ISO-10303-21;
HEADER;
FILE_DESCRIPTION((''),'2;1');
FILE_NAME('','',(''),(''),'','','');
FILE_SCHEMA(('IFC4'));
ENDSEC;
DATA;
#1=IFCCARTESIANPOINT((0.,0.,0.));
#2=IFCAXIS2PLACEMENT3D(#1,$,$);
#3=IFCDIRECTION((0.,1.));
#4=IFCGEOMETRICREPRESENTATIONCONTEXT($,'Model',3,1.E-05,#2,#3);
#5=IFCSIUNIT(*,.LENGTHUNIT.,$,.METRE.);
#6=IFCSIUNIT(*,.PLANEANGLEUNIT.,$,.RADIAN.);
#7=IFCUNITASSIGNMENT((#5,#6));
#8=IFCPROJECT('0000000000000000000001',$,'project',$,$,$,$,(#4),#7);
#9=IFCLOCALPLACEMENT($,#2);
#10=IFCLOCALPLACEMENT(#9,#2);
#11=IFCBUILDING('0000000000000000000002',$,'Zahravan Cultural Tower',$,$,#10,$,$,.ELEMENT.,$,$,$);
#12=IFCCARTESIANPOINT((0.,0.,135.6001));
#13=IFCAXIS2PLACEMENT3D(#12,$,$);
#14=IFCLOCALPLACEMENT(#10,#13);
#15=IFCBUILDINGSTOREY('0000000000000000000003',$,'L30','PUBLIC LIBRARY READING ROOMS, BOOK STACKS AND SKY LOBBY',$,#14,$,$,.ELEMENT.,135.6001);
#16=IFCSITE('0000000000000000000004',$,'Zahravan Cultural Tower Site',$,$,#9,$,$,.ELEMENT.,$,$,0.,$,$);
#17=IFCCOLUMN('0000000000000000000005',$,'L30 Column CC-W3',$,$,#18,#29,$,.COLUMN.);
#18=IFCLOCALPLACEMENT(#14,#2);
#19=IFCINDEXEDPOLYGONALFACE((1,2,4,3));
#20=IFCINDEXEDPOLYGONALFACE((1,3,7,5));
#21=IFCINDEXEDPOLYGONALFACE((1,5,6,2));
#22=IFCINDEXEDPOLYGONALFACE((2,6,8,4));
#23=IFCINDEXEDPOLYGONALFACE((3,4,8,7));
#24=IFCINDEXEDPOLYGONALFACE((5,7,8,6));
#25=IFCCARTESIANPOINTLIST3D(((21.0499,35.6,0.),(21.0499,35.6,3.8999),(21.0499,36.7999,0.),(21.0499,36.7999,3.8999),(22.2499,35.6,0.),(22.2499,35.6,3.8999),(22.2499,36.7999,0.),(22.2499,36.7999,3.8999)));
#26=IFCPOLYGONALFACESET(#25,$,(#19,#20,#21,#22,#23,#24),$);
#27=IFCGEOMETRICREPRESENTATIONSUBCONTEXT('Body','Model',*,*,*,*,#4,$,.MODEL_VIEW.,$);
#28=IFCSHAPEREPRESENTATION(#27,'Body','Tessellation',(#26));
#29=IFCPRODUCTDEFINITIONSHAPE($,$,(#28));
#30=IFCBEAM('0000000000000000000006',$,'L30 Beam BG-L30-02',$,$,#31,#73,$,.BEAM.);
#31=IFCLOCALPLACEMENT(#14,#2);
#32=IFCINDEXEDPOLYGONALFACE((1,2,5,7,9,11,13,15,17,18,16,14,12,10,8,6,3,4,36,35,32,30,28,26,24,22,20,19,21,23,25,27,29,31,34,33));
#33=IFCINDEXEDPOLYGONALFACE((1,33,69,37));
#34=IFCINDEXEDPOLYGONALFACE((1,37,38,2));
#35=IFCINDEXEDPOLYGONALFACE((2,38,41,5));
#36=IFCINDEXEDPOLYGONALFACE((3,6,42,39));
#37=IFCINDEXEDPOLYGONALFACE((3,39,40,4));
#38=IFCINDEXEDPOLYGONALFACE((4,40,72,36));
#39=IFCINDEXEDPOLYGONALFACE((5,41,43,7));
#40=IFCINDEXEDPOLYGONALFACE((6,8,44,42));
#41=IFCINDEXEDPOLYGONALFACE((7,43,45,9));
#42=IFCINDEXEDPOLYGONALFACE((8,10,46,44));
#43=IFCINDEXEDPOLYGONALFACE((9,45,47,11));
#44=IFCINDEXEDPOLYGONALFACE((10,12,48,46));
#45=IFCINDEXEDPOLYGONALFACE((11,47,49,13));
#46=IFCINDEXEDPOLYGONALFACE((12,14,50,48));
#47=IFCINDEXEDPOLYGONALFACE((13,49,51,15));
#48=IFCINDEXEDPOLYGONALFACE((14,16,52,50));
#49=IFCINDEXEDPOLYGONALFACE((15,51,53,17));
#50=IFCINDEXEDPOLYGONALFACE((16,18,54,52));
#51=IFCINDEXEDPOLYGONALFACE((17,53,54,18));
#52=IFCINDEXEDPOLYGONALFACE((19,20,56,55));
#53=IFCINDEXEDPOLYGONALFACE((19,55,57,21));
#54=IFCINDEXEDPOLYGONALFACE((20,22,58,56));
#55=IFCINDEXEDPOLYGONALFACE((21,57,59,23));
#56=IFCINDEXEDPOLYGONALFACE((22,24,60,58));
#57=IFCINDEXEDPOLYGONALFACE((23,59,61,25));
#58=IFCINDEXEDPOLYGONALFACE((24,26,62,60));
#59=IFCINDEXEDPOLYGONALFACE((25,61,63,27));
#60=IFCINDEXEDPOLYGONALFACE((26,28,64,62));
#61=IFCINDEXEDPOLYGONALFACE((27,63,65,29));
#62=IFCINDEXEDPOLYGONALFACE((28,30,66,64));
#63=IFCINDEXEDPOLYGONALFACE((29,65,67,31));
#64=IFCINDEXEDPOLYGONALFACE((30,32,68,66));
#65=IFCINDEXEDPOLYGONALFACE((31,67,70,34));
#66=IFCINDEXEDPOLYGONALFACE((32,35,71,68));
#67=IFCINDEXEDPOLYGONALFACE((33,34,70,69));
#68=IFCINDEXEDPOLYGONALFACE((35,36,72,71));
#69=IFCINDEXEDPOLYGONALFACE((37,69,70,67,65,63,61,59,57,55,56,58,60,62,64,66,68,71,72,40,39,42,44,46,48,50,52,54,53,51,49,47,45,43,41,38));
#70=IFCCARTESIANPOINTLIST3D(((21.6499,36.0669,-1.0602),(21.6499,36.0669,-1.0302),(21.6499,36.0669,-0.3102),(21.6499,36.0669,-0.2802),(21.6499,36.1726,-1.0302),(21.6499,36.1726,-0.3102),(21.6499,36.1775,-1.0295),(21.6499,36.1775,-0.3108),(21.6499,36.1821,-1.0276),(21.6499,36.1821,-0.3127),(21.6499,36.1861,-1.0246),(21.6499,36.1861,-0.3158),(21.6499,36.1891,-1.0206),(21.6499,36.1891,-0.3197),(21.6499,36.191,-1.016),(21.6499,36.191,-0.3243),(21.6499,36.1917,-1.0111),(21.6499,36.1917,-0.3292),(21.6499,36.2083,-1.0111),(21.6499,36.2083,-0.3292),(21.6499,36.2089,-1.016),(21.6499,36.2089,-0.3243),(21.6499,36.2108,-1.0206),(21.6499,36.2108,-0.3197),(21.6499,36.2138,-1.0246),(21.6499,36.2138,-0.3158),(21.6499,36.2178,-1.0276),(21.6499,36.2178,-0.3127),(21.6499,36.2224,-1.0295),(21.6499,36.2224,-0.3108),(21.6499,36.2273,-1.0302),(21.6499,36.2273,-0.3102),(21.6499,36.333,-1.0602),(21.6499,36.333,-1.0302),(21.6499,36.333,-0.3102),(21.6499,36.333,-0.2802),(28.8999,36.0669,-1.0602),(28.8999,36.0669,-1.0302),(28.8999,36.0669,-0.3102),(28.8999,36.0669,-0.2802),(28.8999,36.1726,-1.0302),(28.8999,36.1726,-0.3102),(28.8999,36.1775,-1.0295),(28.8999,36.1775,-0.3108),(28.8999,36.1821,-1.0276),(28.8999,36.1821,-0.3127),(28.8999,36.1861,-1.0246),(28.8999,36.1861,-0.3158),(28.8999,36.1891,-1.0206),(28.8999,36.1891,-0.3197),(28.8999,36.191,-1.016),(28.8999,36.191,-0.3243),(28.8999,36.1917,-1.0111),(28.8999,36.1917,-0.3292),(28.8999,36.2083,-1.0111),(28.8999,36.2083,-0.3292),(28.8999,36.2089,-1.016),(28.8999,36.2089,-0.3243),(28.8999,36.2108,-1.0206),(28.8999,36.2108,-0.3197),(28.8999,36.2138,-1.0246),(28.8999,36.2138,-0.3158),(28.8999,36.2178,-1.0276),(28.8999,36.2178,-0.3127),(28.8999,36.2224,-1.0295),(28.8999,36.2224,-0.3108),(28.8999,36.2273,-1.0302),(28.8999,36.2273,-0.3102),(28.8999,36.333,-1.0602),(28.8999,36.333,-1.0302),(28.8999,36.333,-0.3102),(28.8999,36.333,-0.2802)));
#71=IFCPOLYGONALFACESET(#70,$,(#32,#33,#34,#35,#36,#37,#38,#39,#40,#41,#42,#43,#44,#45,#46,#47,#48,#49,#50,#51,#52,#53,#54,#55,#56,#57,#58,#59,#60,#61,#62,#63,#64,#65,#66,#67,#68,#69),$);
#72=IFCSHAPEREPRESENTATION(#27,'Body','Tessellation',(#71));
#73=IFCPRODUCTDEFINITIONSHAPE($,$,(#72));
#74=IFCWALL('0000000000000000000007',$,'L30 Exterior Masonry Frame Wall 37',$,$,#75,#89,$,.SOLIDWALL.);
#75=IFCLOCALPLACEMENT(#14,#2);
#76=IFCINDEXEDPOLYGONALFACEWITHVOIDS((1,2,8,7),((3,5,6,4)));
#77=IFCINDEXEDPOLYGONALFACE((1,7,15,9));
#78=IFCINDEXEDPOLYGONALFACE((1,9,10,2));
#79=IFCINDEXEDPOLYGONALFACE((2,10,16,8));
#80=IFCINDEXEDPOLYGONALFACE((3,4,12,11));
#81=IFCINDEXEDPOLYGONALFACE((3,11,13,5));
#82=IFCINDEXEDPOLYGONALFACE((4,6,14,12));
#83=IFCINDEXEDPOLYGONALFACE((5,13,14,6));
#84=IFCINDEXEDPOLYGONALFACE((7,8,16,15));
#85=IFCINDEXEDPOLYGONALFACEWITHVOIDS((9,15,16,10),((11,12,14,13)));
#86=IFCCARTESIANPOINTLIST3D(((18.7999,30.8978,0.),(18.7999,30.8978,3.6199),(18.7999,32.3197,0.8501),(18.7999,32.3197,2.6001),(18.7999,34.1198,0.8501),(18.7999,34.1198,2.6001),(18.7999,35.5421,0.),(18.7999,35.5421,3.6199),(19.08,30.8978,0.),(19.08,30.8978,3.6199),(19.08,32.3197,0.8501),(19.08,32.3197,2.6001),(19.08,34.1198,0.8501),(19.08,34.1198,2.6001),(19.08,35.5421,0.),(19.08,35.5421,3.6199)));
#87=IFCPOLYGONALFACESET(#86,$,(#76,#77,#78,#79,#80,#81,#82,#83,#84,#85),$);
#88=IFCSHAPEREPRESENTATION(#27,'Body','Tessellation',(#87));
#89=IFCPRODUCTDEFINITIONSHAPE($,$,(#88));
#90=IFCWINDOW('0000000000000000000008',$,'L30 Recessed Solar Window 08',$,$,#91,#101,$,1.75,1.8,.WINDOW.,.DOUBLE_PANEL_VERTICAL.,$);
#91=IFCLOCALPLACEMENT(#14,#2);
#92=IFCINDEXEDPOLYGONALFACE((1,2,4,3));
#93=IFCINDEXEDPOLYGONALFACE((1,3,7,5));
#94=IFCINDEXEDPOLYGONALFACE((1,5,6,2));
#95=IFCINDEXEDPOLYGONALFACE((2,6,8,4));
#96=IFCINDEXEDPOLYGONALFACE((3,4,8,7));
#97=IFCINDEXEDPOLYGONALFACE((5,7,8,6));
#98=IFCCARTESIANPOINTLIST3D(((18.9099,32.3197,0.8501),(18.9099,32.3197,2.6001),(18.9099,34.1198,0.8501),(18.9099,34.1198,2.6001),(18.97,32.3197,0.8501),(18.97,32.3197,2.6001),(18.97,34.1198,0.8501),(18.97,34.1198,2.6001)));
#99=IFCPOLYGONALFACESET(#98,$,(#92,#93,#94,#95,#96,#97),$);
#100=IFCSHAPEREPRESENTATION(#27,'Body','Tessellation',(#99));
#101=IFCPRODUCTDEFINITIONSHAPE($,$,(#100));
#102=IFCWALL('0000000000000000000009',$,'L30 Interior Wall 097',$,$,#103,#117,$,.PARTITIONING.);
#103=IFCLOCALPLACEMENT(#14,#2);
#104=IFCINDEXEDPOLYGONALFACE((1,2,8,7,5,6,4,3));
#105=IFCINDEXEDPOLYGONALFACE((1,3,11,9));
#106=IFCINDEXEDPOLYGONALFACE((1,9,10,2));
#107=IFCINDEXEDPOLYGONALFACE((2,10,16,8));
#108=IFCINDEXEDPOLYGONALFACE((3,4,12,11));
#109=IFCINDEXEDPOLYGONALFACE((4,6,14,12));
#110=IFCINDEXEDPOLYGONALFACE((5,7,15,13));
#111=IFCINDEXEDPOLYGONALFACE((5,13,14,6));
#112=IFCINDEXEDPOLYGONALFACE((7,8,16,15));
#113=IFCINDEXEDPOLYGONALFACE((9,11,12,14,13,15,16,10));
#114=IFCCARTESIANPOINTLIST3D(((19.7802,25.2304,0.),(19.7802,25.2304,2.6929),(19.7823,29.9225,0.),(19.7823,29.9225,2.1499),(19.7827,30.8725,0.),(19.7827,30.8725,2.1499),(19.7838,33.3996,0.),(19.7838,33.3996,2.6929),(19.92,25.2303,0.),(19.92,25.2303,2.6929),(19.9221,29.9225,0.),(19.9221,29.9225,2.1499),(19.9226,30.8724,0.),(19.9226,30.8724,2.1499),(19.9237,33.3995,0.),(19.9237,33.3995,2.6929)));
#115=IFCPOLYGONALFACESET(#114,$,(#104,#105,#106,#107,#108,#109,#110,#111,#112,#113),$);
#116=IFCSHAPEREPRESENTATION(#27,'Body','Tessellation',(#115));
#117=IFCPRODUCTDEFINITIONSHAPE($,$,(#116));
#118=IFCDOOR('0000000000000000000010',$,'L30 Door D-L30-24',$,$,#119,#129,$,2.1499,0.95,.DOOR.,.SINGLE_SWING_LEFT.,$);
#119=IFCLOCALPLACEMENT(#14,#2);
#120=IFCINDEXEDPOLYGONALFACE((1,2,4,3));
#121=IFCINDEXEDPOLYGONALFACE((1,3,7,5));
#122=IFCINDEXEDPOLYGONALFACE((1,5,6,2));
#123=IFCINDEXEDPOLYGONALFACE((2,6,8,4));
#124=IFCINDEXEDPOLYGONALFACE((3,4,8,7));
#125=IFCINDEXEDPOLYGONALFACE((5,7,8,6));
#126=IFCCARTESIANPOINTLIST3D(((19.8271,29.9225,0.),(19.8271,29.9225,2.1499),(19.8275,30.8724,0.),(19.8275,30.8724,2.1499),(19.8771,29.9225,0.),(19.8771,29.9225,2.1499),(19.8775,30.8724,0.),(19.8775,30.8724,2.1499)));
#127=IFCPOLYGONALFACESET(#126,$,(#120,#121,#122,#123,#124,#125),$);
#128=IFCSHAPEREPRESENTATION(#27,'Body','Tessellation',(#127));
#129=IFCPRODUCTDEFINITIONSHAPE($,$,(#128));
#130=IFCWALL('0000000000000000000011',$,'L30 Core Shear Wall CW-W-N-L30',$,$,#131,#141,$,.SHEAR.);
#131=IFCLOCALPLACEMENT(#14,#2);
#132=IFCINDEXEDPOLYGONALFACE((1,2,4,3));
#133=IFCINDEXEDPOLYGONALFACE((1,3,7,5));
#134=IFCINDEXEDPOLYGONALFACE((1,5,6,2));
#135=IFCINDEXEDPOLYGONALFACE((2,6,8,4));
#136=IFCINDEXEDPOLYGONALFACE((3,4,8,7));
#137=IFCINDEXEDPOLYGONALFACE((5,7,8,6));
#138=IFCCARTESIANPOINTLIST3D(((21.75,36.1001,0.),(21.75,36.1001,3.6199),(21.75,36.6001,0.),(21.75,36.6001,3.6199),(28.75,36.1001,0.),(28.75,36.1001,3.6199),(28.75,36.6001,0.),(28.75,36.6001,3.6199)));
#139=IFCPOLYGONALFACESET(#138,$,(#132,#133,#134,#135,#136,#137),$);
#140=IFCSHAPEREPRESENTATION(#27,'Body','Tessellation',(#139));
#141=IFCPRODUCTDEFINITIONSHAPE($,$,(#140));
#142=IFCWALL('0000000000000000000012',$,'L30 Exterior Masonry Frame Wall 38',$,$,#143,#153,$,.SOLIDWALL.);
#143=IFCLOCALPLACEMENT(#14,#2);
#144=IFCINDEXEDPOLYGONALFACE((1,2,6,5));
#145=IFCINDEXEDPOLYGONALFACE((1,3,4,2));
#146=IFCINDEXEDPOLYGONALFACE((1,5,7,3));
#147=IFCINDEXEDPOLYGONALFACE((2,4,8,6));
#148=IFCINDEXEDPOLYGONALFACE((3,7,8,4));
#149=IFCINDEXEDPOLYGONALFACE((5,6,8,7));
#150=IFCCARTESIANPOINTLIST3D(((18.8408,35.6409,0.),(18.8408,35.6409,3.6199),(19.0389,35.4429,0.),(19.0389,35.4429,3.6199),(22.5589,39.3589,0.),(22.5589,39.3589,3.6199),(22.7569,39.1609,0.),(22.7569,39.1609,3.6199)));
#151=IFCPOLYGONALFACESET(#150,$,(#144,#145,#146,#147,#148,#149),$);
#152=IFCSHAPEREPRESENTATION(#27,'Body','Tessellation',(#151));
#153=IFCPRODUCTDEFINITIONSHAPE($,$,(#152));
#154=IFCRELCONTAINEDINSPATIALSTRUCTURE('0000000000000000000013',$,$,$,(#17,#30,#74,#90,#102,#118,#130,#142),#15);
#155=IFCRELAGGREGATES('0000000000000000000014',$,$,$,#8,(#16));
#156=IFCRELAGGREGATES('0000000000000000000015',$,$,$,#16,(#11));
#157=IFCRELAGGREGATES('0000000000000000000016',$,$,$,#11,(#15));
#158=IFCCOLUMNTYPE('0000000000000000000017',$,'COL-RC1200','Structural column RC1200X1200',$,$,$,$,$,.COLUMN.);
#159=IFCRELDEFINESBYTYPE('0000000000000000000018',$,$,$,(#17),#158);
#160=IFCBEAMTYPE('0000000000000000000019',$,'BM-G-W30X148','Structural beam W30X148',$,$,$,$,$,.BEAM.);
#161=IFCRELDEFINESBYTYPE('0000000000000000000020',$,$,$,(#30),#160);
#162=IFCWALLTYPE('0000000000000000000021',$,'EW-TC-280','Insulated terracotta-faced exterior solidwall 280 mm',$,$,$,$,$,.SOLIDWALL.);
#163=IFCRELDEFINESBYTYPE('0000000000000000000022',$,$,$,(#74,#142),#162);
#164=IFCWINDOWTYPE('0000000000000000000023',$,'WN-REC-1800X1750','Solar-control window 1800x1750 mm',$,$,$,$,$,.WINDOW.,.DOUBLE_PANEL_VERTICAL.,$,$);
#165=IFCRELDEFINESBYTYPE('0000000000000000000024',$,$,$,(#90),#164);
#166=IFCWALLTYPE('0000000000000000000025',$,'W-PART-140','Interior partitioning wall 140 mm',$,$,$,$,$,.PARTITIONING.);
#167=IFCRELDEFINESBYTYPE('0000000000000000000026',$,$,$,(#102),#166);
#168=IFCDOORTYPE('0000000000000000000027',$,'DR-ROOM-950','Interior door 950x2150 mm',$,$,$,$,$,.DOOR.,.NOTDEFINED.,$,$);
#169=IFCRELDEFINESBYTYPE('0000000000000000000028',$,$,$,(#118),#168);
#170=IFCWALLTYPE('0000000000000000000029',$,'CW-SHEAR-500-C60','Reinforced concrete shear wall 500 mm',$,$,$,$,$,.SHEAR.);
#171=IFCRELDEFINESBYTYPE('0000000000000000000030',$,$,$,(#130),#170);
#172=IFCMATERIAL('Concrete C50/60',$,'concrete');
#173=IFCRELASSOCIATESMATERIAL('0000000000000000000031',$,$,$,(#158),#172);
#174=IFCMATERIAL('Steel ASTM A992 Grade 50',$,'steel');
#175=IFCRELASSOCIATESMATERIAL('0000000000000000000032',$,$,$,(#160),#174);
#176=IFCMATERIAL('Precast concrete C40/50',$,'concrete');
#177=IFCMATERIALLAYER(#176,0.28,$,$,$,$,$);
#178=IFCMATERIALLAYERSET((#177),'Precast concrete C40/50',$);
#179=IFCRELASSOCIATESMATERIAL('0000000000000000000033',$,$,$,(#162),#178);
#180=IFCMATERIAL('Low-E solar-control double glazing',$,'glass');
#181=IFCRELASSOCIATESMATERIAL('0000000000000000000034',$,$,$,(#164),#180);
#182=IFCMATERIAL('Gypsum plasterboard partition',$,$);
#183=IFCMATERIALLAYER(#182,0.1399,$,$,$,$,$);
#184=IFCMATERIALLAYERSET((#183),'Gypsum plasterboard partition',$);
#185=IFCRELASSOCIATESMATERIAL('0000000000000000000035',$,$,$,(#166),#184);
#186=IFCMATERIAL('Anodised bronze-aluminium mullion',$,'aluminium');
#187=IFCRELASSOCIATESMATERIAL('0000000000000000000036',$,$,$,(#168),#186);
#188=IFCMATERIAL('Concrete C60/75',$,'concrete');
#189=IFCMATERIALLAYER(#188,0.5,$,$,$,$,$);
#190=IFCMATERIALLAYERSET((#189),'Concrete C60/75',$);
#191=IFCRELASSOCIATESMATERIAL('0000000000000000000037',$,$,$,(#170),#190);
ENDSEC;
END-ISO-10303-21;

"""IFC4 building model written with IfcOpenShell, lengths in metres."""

from ifc_helpers import new_model, si_unit, direction, frame, frame_2d, origin, origin_2d, place, context, subcontext, project, spatial, rectangle, i_section, extrude, source, transform, mapped, material, layer, layer_set, material_profile, profile_set, type_object, element, fill, save


model = new_model("IFC4")

# Units and contexts
model_context = context("Model", 3, precision=1e-05, world=origin(), true_north=direction((0.0, 1.0)))
body_context = subcontext(model_context, "Body", "Model", "MODEL_VIEW")
ifc_project = project(units=[si_unit("LENGTHUNIT", "METRE"), si_unit("PLANEANGLEUNIT", "RADIAN")], contexts=[model_context])

# Site, building, storey
site_placement = place(None, origin())
site = spatial("IfcSite", under=ifc_project, at=site_placement, Name="Zahravan Cultural Tower Site", CompositionType="ELEMENT", RefElevation=0.0)
building_placement = place(site_placement, origin())
building = spatial("IfcBuilding", under=site, at=building_placement, Name="Zahravan Cultural Tower", CompositionType="ELEMENT")
storey_placement = place(building_placement, frame((0.0, 0.0, 135.6001)))
storey = spatial("IfcBuildingStorey", under=building, at=storey_placement, Name="L30", Description="PUBLIC LIBRARY READING ROOMS, BOOK STACKS AND SKY LOBBY", CompositionType="ELEMENT", Elevation=135.6001)

# Column
ifc_material_1 = material(Name="Concrete C50/60", Category="concrete")
ifc_material_profile_1 = material_profile(ifc_material_1, rectangle(XDim=1.2, YDim=1.2, at=origin_2d()), Name="RC1200X1200")
ifc_profile_set_1 = profile_set([ifc_material_profile_1], Name="Concrete C50/60")
column_type = type_object("IfcColumnType", Name="COL-RC1200", Description="Structural column RC1200X1200", PredefinedType="COLUMN", material=ifc_profile_set_1)
shared_shape_1 = source(origin(), body_context, "Body", "SweptSolid", [
    extrude(rectangle(XDim=1.2, YDim=1.2, at=origin_2d()), origin(), (0.0, 0.0, 1.0), 3.8999),
])
column_placement = place(storey_placement, frame((21.6499, 36.2, 0.0), z_axis=(0.0, 0.0, 1.0), x_axis=(1.0, 0.0, 0.0)))
element("IfcColumn", 1, at=column_placement, inside=storey, type_object=column_type, Name="L30 Column CC-W3", PredefinedType="COLUMN", context=body_context, shape_type="MappedRepresentation", body=[
    mapped(shared_shape_1, transform((0.0, 0.0, 0.0), x_axis=(1.0, 0.0, 0.0), y_axis=(0.0, 1.0, 0.0), z_axis=(0.0, 0.0, 1.0), scale=1.0)),
])

# Beam
ifc_material_2 = material(Name="Steel ASTM A992 Grade 50", Category="steel")
ifc_material_profile_2 = material_profile(ifc_material_2, i_section(OverallWidth=0.2661, OverallDepth=0.78, WebThickness=0.0166, FlangeThickness=0.03, FilletRadius=0.019, at=origin_2d()), Name="W30X148")
ifc_profile_set_2 = profile_set([ifc_material_profile_2], Name="Steel ASTM A992 Grade 50")
beam_type = type_object("IfcBeamType", Name="BM-G-W30X148", Description="Structural beam W30X148", PredefinedType="BEAM", material=ifc_profile_set_2)
shared_shape_2 = source(origin(), body_context, "Body", "SweptSolid", [
    extrude(i_section(OverallWidth=0.2661, OverallDepth=0.78, WebThickness=0.0166, FlangeThickness=0.03, FilletRadius=0.019, at=origin_2d()), origin(), (0.0, 0.0, 1.0), 7.25),
])
beam_placement = place(storey_placement, frame((21.6499, 36.2, -0.6702), z_axis=(1.0, 0.0, 0.0), x_axis=(0.0, 1.0, 0.0)))
element("IfcBeam", 2, at=beam_placement, inside=storey, type_object=beam_type, Name="L30 Beam BG-L30-02", PredefinedType="BEAM", context=body_context, shape_type="MappedRepresentation", body=[
    mapped(shared_shape_2, transform((0.0, 0.0, 0.0), x_axis=(1.0, 0.0, 0.0), y_axis=(0.0, 1.0, 0.0), z_axis=(0.0, 0.0, 1.0), scale=1.0)),
])

# Wall, opening, window
ifc_material_3 = material(Name="Precast concrete C40/50", Category="concrete")
ifc_layer_1 = layer(ifc_material_3, 0.28)
ifc_layer_set_1 = layer_set([ifc_layer_1], Name="Precast concrete C40/50")
wall_type_1 = type_object("IfcWallType", Name="EW-TC-280", Description="Insulated terracotta-faced exterior solidwall 280 mm", PredefinedType="SOLIDWALL", material=ifc_layer_set_1)
wall_1_placement = place(storey_placement, frame((18.9399, 30.8977, 0.0), z_axis=(0.0, 0.0, 1.0), x_axis=(0.0, 1.0, 0.0)))
wall_1 = element("IfcWall", 3, at=wall_1_placement, inside=storey, type_object=wall_type_1, Name="L30 Exterior Masonry Frame Wall 37", PredefinedType="SOLIDWALL", context=body_context, shape_type="SweptSolid", body=[
    extrude(rectangle(XDim=4.6443, YDim=0.28, at=frame_2d((2.3223, 0.0))), origin(), (0.0, 0.0, 1.0), 3.6199),
])
opening_1_placement = place(wall_1_placement, frame((1.4221, 0.0, 0.8501)))
opening_1 = element("IfcOpeningElement", 4, at=opening_1_placement, cuts=wall_1, PredefinedType="OPENING", context=body_context, shape_type="SweptSolid", body=[
    extrude(rectangle(XDim=1.8, YDim=1.75, at=frame_2d((0.8999, 0.875))), frame((0.0, 0.1499, 0.0), z_axis=(0.0, -1.0, 0.0), x_axis=(1.0, 0.0, 0.0)), (0.0, 0.0, 1.0), 0.3),
])
ifc_material_4 = material(Name="Low-E solar-control double glazing", Category="glass")
window_type = type_object("IfcWindowType", Name="WN-REC-1800X1750", Description="Solar-control window 1800x1750 mm", PartitioningType="DOUBLE_PANEL_VERTICAL", PredefinedType="WINDOW", material=ifc_material_4)
shared_shape_3 = source(origin(), body_context, "Body", "SweptSolid", [
    extrude(rectangle(XDim=1.8, YDim=1.75, at=frame_2d((0.8999, 0.875))), frame((0.0, 0.03, 0.0), z_axis=(0.0, -1.0, 0.0), x_axis=(1.0, 0.0, 0.0)), (0.0, 0.0, 1.0), 0.0601),
])
window_placement = place(opening_1_placement, origin())
window = element("IfcWindow", 5, at=window_placement, inside=storey, type_object=window_type, Name="L30 Recessed Solar Window 08", OverallHeight=1.75, OverallWidth=1.8, PartitioningType="DOUBLE_PANEL_VERTICAL", PredefinedType="WINDOW", context=body_context, shape_type="MappedRepresentation", body=[
    mapped(shared_shape_3, transform((0.0, 0.0, 0.0), x_axis=(1.0, 0.0, 0.0), y_axis=(0.0, 1.0, 0.0), z_axis=(0.0, 0.0, 1.0), scale=1.0)),
])
fill(opening_1, window)

# Wall, opening, door
ifc_material_5 = material(Name="Anodised bronze-aluminium mullion", Category="aluminium")
ifc_material_6 = material(Name="Gypsum plasterboard partition")
ifc_layer_2 = layer(ifc_material_6, 0.1399)
ifc_layer_set_2 = layer_set([ifc_layer_2], Name="Gypsum plasterboard partition")
wall_type_2 = type_object("IfcWallType", Name="W-PART-140", Description="Interior partitioning wall 140 mm", PredefinedType="PARTITIONING", material=ifc_layer_set_2)
wall_2_placement = place(storey_placement, frame((19.8538, 33.3994, 0.0), z_axis=(0.0, 0.0, 1.0), x_axis=(-0.000448, -1.0, 0.0)))
wall_2 = element("IfcWall", 6, at=wall_2_placement, inside=storey, type_object=wall_type_2, Name="L30 Interior Wall 097", PredefinedType="PARTITIONING", context=body_context, shape_type="SweptSolid", body=[
    extrude(rectangle(XDim=8.1692, YDim=0.1399, at=frame_2d((4.0845, 0.0))), origin(), (0.0, 0.0, 1.0), 2.6929),
])
opening_2_placement = place(wall_2_placement, frame((2.5269, 0.0, 0.0)))
opening_2 = element("IfcOpeningElement", 7, at=opening_2_placement, cuts=wall_2, PredefinedType="OPENING", context=body_context, shape_type="SweptSolid", body=[
    extrude(rectangle(XDim=0.95, YDim=2.1499, at=frame_2d((0.4751, 1.075))), frame((0.0, 0.0798, 0.0), z_axis=(0.0, -1.0, 0.0), x_axis=(1.0, 0.0, 0.0)), (0.0, 0.0, 1.0), 0.1599),
])
door_type_1 = type_object("IfcDoorType", Name="DR-ROOM-950", Description="Interior door 950x2150 mm", OperationType="NOTDEFINED", PredefinedType="DOOR", material=ifc_material_5)
shared_shape_4 = source(origin(), body_context, "Body", "SweptSolid", [
    extrude(rectangle(XDim=0.95, YDim=2.1499, at=frame_2d((0.4751, 1.075))), frame((0.0, 0.0249, 0.0), z_axis=(0.0, -1.0, 0.0), x_axis=(1.0, 0.0, 0.0)), (0.0, 0.0, 1.0), 0.05),
])
door_1_placement = place(opening_2_placement, origin())
door_1 = element("IfcDoor", 8, at=door_1_placement, inside=storey, type_object=door_type_1, Name="L30 Door D-L30-24", OperationType="SINGLE_SWING_LEFT", OverallHeight=2.1499, OverallWidth=0.95, PredefinedType="DOOR", context=body_context, shape_type="MappedRepresentation", body=[
    mapped(shared_shape_4, transform((0.0, 0.0, 0.0), x_axis=(1.0, 0.0, 0.0), y_axis=(0.0, 1.0, 0.0), z_axis=(0.0, 0.0, 1.0), scale=1.0)),
])
fill(opening_2, door_1)

# Walls
ifc_material_7 = material(Name="Concrete C60/75", Category="concrete")
ifc_layer_3 = layer(ifc_material_7, 0.5)
ifc_layer_set_3 = layer_set([ifc_layer_3], Name="Concrete C60/75")
wall_type_3 = type_object("IfcWallType", Name="CW-SHEAR-500-C60", Description="Reinforced concrete shear wall 500 mm", PredefinedType="SHEAR", material=ifc_layer_set_3)
shared_shape_5 = source(origin(), body_context, "Body", "SweptSolid", [
    extrude(rectangle(XDim=7.0, YDim=0.5, at=frame_2d((3.5, 0.0))), origin(), (0.0, 0.0, 1.0), 3.6199),
])
wall_3_placement = place(storey_placement, frame((21.75, 36.3501, 0.0), z_axis=(0.0, 0.0, 1.0), x_axis=(1.0, 0.0, 0.0)))
element("IfcWall", 9, at=wall_3_placement, inside=storey, type_object=wall_type_3, Name="L30 Core Shear Wall CW-W-N-L30", PredefinedType="SHEAR", context=body_context, shape_type="MappedRepresentation", body=[
    mapped(shared_shape_5, transform((0.0, 0.0, 0.0), x_axis=(1.0, 0.0, 0.0), y_axis=(0.0, 1.0, 0.0), z_axis=(0.0, 0.0, 1.0), scale=1.0)),
])
shared_shape_6 = source(origin(), body_context, "Body", "SweptSolid", [
    extrude(rectangle(XDim=5.2581, YDim=0.28, at=frame_2d((2.6289, 0.0))), origin(), (0.0, 0.0, 1.0), 3.6199),
])
wall_4_placement = place(storey_placement, frame((18.9399, 35.542, 0.0), z_axis=(0.0, 0.0, 1.0), x_axis=(0.707107, 0.707107, 0.0)))
element("IfcWall", 10, at=wall_4_placement, inside=storey, type_object=wall_type_1, Name="L30 Exterior Masonry Frame Wall 38", PredefinedType="SOLIDWALL", context=body_context, shape_type="MappedRepresentation", body=[
    mapped(shared_shape_6, transform((0.0, 0.0, 0.0), x_axis=(1.0, 0.0, 0.0), y_axis=(0.0, 1.0, 0.0), z_axis=(0.0, 0.0, 1.0), scale=1.0)),
])

save(model, "model.ifc")
